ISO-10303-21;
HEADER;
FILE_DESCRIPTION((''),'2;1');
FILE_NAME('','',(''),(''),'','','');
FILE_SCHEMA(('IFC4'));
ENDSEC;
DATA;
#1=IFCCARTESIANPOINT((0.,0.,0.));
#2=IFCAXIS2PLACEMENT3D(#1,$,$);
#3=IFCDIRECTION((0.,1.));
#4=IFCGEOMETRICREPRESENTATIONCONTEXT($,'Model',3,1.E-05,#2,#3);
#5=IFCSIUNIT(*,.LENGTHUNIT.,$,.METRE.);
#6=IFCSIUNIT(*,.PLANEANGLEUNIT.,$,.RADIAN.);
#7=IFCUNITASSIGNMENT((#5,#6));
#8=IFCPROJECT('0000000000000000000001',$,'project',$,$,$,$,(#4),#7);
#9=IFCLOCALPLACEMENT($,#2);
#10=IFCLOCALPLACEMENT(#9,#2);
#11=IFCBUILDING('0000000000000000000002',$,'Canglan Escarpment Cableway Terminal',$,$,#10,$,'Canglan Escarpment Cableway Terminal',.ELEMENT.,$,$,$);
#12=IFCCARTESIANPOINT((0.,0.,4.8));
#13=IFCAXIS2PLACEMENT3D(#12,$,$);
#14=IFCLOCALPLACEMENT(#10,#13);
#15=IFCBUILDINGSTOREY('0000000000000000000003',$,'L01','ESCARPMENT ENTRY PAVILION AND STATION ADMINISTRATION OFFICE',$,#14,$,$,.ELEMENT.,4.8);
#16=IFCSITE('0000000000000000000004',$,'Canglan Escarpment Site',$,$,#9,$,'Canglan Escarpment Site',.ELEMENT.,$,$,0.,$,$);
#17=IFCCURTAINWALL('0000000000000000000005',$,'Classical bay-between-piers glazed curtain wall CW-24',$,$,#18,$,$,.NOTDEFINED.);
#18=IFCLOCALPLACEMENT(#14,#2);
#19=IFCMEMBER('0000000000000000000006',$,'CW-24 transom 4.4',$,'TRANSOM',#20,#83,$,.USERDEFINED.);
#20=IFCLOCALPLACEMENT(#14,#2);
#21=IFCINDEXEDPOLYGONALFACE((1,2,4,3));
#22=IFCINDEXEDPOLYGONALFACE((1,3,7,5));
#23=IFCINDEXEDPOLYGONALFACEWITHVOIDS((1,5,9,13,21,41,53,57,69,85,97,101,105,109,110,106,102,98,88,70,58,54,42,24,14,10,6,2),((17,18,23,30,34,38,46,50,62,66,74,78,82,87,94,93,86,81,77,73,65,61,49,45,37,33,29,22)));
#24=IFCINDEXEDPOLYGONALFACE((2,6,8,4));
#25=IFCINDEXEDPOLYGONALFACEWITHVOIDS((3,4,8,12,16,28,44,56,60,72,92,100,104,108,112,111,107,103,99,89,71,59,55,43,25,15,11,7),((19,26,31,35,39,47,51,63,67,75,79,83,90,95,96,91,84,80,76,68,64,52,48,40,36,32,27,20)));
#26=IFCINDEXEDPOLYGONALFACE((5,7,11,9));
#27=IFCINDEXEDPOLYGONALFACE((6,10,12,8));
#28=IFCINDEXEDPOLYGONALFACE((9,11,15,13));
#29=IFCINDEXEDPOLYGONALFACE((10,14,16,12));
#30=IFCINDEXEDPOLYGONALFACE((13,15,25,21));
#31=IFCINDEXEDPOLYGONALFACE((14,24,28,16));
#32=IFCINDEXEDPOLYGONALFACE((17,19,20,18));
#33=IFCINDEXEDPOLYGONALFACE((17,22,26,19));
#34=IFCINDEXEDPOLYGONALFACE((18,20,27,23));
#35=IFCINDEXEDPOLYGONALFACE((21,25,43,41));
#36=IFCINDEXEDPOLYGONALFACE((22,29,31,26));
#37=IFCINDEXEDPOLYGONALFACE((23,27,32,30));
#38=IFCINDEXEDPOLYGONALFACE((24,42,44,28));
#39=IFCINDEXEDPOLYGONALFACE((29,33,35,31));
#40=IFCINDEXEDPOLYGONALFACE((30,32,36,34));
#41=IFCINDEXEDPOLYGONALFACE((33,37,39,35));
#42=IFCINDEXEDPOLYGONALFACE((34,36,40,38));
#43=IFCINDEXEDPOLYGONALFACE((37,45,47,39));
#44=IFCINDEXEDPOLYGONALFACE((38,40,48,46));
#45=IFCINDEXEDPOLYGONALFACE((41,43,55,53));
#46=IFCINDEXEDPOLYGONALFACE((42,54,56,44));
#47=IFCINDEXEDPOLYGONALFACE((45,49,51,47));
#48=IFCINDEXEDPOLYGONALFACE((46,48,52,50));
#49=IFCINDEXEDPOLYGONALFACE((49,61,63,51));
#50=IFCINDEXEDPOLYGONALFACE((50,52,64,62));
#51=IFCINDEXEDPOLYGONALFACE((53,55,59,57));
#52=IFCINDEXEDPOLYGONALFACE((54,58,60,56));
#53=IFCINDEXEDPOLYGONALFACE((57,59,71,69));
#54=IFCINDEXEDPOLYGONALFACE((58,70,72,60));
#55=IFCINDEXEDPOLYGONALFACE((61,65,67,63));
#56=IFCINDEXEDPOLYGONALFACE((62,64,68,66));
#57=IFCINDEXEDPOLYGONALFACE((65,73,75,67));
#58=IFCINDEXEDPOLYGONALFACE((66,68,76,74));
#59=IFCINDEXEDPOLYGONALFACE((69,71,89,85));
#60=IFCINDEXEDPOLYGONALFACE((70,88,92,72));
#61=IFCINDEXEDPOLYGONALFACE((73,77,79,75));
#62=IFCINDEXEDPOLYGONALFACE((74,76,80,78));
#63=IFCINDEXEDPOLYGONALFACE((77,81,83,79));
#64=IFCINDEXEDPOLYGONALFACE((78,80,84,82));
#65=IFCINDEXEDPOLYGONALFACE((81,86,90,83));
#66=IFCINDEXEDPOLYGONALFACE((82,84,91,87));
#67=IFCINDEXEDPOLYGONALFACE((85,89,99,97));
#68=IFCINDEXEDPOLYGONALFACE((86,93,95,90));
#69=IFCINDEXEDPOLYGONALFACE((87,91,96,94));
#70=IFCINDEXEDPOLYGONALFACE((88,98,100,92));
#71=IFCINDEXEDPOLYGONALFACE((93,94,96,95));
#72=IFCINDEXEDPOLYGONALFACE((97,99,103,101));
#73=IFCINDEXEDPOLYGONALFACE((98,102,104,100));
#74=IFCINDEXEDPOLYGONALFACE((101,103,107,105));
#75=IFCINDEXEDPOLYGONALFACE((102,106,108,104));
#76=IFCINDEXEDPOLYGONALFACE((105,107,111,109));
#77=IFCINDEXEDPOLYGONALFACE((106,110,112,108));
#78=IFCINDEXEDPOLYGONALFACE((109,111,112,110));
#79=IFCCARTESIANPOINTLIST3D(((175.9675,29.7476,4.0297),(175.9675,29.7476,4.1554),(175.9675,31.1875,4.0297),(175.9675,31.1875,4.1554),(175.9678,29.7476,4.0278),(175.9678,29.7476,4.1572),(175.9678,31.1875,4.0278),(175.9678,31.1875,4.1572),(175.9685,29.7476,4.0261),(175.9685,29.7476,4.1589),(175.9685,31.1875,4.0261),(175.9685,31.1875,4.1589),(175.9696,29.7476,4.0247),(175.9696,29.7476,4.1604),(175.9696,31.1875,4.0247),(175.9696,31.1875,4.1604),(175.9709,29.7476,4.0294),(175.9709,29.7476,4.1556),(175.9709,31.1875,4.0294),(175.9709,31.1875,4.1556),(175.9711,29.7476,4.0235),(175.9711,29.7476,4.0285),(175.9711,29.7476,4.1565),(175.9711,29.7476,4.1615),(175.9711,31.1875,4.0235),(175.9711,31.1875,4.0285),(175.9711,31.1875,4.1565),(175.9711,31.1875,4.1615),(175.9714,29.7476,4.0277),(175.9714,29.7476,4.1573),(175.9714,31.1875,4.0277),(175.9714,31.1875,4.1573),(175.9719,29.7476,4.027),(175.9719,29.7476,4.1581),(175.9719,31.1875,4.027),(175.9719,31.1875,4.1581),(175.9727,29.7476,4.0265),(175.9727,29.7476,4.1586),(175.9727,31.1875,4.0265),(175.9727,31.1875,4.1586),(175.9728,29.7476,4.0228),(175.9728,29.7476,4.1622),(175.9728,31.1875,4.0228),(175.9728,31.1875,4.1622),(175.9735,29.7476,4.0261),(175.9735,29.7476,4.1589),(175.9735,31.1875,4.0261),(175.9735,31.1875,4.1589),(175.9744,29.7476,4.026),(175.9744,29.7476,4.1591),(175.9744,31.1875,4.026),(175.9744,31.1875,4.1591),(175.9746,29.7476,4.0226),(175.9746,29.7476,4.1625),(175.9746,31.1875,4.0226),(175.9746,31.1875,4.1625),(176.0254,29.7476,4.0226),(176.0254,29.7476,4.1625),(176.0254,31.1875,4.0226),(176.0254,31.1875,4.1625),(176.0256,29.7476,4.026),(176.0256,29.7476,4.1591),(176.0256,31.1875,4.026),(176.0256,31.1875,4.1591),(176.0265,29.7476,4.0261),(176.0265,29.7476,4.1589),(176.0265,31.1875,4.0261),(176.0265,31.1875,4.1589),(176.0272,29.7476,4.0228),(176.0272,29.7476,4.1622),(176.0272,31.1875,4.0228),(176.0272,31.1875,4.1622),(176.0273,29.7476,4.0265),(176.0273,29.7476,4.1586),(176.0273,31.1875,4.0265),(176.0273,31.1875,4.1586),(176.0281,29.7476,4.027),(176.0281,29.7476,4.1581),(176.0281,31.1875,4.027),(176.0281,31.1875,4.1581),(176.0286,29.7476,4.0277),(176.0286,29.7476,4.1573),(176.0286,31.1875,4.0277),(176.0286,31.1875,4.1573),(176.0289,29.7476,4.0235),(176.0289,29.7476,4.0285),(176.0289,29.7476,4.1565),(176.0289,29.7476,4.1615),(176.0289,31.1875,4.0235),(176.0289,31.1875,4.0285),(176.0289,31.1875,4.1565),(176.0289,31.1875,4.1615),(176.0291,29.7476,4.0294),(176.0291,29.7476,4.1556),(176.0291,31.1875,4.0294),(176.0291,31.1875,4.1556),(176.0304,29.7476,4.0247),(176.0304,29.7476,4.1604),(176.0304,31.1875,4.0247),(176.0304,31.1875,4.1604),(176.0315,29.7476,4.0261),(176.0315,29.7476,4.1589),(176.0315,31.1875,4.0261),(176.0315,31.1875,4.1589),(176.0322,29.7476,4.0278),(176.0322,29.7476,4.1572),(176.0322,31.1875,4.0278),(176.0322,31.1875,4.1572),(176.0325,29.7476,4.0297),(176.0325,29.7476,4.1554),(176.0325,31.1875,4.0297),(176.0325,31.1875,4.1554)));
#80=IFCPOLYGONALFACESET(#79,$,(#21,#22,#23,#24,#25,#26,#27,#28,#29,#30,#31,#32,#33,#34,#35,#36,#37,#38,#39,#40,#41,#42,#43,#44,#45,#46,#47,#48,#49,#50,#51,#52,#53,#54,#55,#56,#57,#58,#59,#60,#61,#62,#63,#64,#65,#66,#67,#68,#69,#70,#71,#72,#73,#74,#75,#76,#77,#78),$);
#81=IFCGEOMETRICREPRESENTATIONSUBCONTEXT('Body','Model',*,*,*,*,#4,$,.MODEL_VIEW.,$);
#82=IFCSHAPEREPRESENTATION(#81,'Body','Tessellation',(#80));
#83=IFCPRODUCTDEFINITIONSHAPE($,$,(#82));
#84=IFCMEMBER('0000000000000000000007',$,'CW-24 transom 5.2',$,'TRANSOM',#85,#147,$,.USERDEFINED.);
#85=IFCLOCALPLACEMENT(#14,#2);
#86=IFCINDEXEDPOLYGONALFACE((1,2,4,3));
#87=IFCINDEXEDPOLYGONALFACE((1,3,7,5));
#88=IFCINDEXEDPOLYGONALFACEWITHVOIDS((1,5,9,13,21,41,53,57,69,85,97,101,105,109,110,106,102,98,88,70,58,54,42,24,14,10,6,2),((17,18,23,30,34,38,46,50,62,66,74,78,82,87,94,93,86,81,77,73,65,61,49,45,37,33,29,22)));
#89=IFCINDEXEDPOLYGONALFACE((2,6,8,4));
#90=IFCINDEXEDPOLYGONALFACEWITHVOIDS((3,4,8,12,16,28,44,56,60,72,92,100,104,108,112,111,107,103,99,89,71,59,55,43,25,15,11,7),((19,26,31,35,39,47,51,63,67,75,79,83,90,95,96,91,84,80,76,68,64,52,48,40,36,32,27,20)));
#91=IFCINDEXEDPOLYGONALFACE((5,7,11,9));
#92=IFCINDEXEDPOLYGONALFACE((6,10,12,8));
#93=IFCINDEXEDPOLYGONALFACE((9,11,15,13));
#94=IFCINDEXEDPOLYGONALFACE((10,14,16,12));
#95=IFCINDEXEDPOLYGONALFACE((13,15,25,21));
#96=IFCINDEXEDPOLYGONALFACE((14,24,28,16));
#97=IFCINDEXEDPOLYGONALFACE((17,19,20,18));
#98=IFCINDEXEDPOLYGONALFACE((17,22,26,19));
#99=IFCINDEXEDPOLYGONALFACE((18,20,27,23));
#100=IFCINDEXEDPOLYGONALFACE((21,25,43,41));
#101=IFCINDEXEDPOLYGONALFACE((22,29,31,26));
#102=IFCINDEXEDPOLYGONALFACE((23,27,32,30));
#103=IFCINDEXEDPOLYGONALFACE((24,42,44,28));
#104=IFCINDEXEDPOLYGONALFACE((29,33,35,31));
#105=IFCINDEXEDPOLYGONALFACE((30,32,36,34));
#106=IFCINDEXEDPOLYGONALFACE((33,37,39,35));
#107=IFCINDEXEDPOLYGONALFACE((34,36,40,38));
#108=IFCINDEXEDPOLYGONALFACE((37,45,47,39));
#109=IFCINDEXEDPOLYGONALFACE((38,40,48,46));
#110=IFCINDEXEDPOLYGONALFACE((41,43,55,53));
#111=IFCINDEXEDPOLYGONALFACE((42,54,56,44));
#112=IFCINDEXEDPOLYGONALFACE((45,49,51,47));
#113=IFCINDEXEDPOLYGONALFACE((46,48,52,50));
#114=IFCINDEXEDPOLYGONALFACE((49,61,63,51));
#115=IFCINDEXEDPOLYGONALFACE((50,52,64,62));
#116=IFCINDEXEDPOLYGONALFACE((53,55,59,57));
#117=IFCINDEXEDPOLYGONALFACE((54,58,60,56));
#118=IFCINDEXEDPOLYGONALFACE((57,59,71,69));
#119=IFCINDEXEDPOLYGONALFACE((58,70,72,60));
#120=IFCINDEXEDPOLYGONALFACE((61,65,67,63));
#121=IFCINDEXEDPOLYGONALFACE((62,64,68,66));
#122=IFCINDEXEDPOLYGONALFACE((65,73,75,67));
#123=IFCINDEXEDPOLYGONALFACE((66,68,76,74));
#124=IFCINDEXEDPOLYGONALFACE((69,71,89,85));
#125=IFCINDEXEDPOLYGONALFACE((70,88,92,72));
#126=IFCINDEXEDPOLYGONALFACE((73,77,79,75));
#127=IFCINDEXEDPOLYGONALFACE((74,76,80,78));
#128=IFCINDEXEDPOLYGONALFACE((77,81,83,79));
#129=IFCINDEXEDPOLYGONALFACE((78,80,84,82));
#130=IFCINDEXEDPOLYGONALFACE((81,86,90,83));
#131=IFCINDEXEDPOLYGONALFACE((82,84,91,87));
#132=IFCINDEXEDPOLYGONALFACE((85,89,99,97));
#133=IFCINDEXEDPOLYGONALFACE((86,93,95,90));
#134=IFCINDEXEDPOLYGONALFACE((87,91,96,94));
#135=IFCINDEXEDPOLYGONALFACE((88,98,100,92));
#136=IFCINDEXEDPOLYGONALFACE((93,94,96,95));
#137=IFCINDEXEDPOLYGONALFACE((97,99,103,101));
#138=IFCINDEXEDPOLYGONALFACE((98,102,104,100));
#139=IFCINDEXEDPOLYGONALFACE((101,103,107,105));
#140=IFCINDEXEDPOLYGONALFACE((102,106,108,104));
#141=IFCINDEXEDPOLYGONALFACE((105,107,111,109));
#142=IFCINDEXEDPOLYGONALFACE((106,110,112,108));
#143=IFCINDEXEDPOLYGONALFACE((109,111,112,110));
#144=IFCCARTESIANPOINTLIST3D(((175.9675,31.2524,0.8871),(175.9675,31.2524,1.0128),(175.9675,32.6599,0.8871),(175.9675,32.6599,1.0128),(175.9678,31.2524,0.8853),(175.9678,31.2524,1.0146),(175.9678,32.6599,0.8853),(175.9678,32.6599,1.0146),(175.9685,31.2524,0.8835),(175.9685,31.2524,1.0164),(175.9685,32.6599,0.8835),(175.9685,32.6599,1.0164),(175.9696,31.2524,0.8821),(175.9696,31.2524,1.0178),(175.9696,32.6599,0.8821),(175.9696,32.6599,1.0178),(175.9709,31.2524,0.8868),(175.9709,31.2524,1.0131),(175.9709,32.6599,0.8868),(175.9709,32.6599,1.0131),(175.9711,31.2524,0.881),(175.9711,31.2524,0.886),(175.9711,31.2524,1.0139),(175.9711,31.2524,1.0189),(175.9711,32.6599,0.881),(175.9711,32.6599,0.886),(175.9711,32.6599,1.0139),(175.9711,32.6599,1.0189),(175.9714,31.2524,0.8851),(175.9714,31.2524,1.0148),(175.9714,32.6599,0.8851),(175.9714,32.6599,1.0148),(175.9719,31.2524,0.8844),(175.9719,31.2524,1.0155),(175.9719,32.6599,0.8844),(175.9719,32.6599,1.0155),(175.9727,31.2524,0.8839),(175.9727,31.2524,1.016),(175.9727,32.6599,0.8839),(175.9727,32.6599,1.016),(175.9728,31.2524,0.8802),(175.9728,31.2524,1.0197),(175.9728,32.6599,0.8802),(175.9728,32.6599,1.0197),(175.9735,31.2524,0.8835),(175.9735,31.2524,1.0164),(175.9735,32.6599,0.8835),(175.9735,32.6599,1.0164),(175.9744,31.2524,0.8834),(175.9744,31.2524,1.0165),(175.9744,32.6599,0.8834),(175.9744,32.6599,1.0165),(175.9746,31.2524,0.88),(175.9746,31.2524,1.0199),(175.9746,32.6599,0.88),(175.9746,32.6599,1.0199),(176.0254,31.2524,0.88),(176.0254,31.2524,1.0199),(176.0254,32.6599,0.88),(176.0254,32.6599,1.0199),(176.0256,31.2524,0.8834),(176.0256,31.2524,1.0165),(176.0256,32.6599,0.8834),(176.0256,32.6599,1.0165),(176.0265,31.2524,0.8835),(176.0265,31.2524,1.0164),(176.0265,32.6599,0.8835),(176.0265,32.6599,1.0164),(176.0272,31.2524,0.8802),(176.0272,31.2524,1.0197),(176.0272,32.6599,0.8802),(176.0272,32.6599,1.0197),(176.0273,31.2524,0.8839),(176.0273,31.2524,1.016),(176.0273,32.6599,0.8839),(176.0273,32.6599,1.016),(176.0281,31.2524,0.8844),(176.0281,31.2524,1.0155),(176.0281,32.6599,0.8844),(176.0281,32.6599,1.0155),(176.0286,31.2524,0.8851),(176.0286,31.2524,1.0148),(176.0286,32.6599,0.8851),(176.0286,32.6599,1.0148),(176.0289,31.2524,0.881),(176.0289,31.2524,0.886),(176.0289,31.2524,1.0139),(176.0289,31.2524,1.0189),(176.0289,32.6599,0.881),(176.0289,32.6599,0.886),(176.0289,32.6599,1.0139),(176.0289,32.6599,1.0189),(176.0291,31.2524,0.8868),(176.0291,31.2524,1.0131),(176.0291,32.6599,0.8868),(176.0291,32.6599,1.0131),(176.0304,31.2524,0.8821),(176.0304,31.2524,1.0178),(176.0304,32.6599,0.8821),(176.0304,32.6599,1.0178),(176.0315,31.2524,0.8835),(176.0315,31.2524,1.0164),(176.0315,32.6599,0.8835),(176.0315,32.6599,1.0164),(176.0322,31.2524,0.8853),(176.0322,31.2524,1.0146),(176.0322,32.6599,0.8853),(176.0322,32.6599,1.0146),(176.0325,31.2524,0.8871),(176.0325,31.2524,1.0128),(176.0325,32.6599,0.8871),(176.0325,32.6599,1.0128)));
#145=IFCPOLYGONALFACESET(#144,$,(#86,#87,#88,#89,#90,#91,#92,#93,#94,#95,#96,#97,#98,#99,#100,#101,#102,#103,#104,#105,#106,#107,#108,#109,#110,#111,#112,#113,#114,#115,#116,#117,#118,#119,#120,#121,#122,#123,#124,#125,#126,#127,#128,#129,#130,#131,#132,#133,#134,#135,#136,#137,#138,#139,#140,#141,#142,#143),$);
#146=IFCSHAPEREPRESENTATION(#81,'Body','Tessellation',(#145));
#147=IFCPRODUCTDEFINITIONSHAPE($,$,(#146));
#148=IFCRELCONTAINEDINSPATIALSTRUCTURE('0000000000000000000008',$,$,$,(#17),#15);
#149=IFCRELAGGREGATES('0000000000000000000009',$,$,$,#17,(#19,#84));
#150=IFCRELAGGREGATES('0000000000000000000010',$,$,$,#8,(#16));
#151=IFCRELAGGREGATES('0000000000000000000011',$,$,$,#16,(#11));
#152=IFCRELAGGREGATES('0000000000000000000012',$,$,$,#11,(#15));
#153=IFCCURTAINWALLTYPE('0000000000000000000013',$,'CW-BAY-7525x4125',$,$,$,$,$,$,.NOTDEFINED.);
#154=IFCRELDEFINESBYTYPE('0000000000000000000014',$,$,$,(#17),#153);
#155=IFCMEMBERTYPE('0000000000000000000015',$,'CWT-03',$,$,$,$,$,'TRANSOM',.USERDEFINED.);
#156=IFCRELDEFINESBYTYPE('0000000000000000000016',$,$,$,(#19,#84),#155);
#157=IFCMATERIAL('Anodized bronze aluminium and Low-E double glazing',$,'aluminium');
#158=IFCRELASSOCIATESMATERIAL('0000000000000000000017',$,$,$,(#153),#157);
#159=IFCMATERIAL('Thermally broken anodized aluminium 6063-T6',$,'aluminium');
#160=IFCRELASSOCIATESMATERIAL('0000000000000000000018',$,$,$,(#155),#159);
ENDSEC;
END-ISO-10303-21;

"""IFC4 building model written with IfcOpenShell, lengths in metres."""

from ifc_helpers import new_model, si_unit, direction, frame, origin, origin_2d, place, context, subcontext, project, spatial, hollow_rectangle, extrude, material, material_profile, profile_set, type_object, element, aggregate, save


model = new_model("IFC4")

# Units and contexts
model_context = context("Model", 3, precision=1e-05, world=origin(), true_north=direction((0.0, 1.0)))
body_context = subcontext(model_context, "Body", "Model", "MODEL_VIEW")
ifc_project = project(units=[si_unit("LENGTHUNIT", "METRE"), si_unit("PLANEANGLEUNIT", "RADIAN")], contexts=[model_context])

# Site, building, storey
site_placement = place(None, origin())
site = spatial("IfcSite", under=ifc_project, at=site_placement, Name="Canglan Escarpment Site", LongName="Canglan Escarpment Site", CompositionType="ELEMENT", RefElevation=0.0)
building_placement = place(site_placement, origin())
building = spatial("IfcBuilding", under=site, at=building_placement, Name="Canglan Escarpment Cableway Terminal", LongName="Canglan Escarpment Cableway Terminal", CompositionType="ELEMENT")
storey_placement = place(building_placement, frame((0.0, 0.0, 4.8)))
storey = spatial("IfcBuildingStorey", under=building, at=storey_placement, Name="L01", Description="ESCARPMENT ENTRY PAVILION AND STATION ADMINISTRATION OFFICE", CompositionType="ELEMENT", Elevation=4.8)

# Curtain wall, members
ifc_material_1 = material(Name="Anodized bronze aluminium and Low-E double glazing", Category="aluminium")
curtain_wall_type = type_object("IfcCurtainWallType", Name="CW-BAY-7525x4125", PredefinedType="NOTDEFINED", material=ifc_material_1)
curtain_wall_placement = place(storey_placement, origin())
curtain_wall = element("IfcCurtainWall", 1, at=curtain_wall_placement, inside=storey, type_object=curtain_wall_type, Name="Classical bay-between-piers glazed curtain wall CW-24", PredefinedType="NOTDEFINED")
ifc_material_2 = material(Name="Thermally broken anodized aluminium 6063-T6", Category="aluminium")
ifc_material_profile = material_profile(ifc_material_2, hollow_rectangle(XDim=0.0649, YDim=0.1399, WallThickness=0.0034, InnerFilletRadius=0.0034, OuterFilletRadius=0.0071, at=origin_2d()), Name="ALU-TRAN 65x140x3.5")
ifc_profile_set = profile_set([ifc_material_profile], Name="Thermally broken anodized aluminium 6063-T6")
member_type = type_object("IfcMemberType", Name="CWT-03", ElementType="TRANSOM", PredefinedType="USERDEFINED", material=ifc_profile_set)
member_1_placement = place(storey_placement, frame((176.0, 29.7476, 4.0925), z_axis=(0.0, 1.0, 0.0), x_axis=(-1.0, 0.0, 0.0)))
member_1 = element("IfcMember", 2, at=member_1_placement, type_object=member_type, Name="CW-24 transom 4.4", ObjectType="TRANSOM", PredefinedType="USERDEFINED", context=body_context, shape_type="SweptSolid", body=[
    extrude(hollow_rectangle(XDim=0.0649, YDim=0.1399, WallThickness=0.0034, InnerFilletRadius=0.0034, OuterFilletRadius=0.0071, at=origin_2d()), origin(), (0.0, 0.0, 1.0), 1.4399),
])
member_2_placement = place(storey_placement, frame((176.0, 31.2524, 0.95), z_axis=(0.0, 1.0, 0.0), x_axis=(-1.0, 0.0, 0.0)))
member_2 = element("IfcMember", 3, at=member_2_placement, type_object=member_type, Name="CW-24 transom 5.2", ObjectType="TRANSOM", PredefinedType="USERDEFINED", context=body_context, shape_type="SweptSolid", body=[
    extrude(hollow_rectangle(XDim=0.0649, YDim=0.1399, WallThickness=0.0034, InnerFilletRadius=0.0034, OuterFilletRadius=0.0071, at=origin_2d()), origin(), (0.0, 0.0, 1.0), 1.4075),
])
aggregate(curtain_wall, [member_1, member_2])

save(model, "model.ifc")
